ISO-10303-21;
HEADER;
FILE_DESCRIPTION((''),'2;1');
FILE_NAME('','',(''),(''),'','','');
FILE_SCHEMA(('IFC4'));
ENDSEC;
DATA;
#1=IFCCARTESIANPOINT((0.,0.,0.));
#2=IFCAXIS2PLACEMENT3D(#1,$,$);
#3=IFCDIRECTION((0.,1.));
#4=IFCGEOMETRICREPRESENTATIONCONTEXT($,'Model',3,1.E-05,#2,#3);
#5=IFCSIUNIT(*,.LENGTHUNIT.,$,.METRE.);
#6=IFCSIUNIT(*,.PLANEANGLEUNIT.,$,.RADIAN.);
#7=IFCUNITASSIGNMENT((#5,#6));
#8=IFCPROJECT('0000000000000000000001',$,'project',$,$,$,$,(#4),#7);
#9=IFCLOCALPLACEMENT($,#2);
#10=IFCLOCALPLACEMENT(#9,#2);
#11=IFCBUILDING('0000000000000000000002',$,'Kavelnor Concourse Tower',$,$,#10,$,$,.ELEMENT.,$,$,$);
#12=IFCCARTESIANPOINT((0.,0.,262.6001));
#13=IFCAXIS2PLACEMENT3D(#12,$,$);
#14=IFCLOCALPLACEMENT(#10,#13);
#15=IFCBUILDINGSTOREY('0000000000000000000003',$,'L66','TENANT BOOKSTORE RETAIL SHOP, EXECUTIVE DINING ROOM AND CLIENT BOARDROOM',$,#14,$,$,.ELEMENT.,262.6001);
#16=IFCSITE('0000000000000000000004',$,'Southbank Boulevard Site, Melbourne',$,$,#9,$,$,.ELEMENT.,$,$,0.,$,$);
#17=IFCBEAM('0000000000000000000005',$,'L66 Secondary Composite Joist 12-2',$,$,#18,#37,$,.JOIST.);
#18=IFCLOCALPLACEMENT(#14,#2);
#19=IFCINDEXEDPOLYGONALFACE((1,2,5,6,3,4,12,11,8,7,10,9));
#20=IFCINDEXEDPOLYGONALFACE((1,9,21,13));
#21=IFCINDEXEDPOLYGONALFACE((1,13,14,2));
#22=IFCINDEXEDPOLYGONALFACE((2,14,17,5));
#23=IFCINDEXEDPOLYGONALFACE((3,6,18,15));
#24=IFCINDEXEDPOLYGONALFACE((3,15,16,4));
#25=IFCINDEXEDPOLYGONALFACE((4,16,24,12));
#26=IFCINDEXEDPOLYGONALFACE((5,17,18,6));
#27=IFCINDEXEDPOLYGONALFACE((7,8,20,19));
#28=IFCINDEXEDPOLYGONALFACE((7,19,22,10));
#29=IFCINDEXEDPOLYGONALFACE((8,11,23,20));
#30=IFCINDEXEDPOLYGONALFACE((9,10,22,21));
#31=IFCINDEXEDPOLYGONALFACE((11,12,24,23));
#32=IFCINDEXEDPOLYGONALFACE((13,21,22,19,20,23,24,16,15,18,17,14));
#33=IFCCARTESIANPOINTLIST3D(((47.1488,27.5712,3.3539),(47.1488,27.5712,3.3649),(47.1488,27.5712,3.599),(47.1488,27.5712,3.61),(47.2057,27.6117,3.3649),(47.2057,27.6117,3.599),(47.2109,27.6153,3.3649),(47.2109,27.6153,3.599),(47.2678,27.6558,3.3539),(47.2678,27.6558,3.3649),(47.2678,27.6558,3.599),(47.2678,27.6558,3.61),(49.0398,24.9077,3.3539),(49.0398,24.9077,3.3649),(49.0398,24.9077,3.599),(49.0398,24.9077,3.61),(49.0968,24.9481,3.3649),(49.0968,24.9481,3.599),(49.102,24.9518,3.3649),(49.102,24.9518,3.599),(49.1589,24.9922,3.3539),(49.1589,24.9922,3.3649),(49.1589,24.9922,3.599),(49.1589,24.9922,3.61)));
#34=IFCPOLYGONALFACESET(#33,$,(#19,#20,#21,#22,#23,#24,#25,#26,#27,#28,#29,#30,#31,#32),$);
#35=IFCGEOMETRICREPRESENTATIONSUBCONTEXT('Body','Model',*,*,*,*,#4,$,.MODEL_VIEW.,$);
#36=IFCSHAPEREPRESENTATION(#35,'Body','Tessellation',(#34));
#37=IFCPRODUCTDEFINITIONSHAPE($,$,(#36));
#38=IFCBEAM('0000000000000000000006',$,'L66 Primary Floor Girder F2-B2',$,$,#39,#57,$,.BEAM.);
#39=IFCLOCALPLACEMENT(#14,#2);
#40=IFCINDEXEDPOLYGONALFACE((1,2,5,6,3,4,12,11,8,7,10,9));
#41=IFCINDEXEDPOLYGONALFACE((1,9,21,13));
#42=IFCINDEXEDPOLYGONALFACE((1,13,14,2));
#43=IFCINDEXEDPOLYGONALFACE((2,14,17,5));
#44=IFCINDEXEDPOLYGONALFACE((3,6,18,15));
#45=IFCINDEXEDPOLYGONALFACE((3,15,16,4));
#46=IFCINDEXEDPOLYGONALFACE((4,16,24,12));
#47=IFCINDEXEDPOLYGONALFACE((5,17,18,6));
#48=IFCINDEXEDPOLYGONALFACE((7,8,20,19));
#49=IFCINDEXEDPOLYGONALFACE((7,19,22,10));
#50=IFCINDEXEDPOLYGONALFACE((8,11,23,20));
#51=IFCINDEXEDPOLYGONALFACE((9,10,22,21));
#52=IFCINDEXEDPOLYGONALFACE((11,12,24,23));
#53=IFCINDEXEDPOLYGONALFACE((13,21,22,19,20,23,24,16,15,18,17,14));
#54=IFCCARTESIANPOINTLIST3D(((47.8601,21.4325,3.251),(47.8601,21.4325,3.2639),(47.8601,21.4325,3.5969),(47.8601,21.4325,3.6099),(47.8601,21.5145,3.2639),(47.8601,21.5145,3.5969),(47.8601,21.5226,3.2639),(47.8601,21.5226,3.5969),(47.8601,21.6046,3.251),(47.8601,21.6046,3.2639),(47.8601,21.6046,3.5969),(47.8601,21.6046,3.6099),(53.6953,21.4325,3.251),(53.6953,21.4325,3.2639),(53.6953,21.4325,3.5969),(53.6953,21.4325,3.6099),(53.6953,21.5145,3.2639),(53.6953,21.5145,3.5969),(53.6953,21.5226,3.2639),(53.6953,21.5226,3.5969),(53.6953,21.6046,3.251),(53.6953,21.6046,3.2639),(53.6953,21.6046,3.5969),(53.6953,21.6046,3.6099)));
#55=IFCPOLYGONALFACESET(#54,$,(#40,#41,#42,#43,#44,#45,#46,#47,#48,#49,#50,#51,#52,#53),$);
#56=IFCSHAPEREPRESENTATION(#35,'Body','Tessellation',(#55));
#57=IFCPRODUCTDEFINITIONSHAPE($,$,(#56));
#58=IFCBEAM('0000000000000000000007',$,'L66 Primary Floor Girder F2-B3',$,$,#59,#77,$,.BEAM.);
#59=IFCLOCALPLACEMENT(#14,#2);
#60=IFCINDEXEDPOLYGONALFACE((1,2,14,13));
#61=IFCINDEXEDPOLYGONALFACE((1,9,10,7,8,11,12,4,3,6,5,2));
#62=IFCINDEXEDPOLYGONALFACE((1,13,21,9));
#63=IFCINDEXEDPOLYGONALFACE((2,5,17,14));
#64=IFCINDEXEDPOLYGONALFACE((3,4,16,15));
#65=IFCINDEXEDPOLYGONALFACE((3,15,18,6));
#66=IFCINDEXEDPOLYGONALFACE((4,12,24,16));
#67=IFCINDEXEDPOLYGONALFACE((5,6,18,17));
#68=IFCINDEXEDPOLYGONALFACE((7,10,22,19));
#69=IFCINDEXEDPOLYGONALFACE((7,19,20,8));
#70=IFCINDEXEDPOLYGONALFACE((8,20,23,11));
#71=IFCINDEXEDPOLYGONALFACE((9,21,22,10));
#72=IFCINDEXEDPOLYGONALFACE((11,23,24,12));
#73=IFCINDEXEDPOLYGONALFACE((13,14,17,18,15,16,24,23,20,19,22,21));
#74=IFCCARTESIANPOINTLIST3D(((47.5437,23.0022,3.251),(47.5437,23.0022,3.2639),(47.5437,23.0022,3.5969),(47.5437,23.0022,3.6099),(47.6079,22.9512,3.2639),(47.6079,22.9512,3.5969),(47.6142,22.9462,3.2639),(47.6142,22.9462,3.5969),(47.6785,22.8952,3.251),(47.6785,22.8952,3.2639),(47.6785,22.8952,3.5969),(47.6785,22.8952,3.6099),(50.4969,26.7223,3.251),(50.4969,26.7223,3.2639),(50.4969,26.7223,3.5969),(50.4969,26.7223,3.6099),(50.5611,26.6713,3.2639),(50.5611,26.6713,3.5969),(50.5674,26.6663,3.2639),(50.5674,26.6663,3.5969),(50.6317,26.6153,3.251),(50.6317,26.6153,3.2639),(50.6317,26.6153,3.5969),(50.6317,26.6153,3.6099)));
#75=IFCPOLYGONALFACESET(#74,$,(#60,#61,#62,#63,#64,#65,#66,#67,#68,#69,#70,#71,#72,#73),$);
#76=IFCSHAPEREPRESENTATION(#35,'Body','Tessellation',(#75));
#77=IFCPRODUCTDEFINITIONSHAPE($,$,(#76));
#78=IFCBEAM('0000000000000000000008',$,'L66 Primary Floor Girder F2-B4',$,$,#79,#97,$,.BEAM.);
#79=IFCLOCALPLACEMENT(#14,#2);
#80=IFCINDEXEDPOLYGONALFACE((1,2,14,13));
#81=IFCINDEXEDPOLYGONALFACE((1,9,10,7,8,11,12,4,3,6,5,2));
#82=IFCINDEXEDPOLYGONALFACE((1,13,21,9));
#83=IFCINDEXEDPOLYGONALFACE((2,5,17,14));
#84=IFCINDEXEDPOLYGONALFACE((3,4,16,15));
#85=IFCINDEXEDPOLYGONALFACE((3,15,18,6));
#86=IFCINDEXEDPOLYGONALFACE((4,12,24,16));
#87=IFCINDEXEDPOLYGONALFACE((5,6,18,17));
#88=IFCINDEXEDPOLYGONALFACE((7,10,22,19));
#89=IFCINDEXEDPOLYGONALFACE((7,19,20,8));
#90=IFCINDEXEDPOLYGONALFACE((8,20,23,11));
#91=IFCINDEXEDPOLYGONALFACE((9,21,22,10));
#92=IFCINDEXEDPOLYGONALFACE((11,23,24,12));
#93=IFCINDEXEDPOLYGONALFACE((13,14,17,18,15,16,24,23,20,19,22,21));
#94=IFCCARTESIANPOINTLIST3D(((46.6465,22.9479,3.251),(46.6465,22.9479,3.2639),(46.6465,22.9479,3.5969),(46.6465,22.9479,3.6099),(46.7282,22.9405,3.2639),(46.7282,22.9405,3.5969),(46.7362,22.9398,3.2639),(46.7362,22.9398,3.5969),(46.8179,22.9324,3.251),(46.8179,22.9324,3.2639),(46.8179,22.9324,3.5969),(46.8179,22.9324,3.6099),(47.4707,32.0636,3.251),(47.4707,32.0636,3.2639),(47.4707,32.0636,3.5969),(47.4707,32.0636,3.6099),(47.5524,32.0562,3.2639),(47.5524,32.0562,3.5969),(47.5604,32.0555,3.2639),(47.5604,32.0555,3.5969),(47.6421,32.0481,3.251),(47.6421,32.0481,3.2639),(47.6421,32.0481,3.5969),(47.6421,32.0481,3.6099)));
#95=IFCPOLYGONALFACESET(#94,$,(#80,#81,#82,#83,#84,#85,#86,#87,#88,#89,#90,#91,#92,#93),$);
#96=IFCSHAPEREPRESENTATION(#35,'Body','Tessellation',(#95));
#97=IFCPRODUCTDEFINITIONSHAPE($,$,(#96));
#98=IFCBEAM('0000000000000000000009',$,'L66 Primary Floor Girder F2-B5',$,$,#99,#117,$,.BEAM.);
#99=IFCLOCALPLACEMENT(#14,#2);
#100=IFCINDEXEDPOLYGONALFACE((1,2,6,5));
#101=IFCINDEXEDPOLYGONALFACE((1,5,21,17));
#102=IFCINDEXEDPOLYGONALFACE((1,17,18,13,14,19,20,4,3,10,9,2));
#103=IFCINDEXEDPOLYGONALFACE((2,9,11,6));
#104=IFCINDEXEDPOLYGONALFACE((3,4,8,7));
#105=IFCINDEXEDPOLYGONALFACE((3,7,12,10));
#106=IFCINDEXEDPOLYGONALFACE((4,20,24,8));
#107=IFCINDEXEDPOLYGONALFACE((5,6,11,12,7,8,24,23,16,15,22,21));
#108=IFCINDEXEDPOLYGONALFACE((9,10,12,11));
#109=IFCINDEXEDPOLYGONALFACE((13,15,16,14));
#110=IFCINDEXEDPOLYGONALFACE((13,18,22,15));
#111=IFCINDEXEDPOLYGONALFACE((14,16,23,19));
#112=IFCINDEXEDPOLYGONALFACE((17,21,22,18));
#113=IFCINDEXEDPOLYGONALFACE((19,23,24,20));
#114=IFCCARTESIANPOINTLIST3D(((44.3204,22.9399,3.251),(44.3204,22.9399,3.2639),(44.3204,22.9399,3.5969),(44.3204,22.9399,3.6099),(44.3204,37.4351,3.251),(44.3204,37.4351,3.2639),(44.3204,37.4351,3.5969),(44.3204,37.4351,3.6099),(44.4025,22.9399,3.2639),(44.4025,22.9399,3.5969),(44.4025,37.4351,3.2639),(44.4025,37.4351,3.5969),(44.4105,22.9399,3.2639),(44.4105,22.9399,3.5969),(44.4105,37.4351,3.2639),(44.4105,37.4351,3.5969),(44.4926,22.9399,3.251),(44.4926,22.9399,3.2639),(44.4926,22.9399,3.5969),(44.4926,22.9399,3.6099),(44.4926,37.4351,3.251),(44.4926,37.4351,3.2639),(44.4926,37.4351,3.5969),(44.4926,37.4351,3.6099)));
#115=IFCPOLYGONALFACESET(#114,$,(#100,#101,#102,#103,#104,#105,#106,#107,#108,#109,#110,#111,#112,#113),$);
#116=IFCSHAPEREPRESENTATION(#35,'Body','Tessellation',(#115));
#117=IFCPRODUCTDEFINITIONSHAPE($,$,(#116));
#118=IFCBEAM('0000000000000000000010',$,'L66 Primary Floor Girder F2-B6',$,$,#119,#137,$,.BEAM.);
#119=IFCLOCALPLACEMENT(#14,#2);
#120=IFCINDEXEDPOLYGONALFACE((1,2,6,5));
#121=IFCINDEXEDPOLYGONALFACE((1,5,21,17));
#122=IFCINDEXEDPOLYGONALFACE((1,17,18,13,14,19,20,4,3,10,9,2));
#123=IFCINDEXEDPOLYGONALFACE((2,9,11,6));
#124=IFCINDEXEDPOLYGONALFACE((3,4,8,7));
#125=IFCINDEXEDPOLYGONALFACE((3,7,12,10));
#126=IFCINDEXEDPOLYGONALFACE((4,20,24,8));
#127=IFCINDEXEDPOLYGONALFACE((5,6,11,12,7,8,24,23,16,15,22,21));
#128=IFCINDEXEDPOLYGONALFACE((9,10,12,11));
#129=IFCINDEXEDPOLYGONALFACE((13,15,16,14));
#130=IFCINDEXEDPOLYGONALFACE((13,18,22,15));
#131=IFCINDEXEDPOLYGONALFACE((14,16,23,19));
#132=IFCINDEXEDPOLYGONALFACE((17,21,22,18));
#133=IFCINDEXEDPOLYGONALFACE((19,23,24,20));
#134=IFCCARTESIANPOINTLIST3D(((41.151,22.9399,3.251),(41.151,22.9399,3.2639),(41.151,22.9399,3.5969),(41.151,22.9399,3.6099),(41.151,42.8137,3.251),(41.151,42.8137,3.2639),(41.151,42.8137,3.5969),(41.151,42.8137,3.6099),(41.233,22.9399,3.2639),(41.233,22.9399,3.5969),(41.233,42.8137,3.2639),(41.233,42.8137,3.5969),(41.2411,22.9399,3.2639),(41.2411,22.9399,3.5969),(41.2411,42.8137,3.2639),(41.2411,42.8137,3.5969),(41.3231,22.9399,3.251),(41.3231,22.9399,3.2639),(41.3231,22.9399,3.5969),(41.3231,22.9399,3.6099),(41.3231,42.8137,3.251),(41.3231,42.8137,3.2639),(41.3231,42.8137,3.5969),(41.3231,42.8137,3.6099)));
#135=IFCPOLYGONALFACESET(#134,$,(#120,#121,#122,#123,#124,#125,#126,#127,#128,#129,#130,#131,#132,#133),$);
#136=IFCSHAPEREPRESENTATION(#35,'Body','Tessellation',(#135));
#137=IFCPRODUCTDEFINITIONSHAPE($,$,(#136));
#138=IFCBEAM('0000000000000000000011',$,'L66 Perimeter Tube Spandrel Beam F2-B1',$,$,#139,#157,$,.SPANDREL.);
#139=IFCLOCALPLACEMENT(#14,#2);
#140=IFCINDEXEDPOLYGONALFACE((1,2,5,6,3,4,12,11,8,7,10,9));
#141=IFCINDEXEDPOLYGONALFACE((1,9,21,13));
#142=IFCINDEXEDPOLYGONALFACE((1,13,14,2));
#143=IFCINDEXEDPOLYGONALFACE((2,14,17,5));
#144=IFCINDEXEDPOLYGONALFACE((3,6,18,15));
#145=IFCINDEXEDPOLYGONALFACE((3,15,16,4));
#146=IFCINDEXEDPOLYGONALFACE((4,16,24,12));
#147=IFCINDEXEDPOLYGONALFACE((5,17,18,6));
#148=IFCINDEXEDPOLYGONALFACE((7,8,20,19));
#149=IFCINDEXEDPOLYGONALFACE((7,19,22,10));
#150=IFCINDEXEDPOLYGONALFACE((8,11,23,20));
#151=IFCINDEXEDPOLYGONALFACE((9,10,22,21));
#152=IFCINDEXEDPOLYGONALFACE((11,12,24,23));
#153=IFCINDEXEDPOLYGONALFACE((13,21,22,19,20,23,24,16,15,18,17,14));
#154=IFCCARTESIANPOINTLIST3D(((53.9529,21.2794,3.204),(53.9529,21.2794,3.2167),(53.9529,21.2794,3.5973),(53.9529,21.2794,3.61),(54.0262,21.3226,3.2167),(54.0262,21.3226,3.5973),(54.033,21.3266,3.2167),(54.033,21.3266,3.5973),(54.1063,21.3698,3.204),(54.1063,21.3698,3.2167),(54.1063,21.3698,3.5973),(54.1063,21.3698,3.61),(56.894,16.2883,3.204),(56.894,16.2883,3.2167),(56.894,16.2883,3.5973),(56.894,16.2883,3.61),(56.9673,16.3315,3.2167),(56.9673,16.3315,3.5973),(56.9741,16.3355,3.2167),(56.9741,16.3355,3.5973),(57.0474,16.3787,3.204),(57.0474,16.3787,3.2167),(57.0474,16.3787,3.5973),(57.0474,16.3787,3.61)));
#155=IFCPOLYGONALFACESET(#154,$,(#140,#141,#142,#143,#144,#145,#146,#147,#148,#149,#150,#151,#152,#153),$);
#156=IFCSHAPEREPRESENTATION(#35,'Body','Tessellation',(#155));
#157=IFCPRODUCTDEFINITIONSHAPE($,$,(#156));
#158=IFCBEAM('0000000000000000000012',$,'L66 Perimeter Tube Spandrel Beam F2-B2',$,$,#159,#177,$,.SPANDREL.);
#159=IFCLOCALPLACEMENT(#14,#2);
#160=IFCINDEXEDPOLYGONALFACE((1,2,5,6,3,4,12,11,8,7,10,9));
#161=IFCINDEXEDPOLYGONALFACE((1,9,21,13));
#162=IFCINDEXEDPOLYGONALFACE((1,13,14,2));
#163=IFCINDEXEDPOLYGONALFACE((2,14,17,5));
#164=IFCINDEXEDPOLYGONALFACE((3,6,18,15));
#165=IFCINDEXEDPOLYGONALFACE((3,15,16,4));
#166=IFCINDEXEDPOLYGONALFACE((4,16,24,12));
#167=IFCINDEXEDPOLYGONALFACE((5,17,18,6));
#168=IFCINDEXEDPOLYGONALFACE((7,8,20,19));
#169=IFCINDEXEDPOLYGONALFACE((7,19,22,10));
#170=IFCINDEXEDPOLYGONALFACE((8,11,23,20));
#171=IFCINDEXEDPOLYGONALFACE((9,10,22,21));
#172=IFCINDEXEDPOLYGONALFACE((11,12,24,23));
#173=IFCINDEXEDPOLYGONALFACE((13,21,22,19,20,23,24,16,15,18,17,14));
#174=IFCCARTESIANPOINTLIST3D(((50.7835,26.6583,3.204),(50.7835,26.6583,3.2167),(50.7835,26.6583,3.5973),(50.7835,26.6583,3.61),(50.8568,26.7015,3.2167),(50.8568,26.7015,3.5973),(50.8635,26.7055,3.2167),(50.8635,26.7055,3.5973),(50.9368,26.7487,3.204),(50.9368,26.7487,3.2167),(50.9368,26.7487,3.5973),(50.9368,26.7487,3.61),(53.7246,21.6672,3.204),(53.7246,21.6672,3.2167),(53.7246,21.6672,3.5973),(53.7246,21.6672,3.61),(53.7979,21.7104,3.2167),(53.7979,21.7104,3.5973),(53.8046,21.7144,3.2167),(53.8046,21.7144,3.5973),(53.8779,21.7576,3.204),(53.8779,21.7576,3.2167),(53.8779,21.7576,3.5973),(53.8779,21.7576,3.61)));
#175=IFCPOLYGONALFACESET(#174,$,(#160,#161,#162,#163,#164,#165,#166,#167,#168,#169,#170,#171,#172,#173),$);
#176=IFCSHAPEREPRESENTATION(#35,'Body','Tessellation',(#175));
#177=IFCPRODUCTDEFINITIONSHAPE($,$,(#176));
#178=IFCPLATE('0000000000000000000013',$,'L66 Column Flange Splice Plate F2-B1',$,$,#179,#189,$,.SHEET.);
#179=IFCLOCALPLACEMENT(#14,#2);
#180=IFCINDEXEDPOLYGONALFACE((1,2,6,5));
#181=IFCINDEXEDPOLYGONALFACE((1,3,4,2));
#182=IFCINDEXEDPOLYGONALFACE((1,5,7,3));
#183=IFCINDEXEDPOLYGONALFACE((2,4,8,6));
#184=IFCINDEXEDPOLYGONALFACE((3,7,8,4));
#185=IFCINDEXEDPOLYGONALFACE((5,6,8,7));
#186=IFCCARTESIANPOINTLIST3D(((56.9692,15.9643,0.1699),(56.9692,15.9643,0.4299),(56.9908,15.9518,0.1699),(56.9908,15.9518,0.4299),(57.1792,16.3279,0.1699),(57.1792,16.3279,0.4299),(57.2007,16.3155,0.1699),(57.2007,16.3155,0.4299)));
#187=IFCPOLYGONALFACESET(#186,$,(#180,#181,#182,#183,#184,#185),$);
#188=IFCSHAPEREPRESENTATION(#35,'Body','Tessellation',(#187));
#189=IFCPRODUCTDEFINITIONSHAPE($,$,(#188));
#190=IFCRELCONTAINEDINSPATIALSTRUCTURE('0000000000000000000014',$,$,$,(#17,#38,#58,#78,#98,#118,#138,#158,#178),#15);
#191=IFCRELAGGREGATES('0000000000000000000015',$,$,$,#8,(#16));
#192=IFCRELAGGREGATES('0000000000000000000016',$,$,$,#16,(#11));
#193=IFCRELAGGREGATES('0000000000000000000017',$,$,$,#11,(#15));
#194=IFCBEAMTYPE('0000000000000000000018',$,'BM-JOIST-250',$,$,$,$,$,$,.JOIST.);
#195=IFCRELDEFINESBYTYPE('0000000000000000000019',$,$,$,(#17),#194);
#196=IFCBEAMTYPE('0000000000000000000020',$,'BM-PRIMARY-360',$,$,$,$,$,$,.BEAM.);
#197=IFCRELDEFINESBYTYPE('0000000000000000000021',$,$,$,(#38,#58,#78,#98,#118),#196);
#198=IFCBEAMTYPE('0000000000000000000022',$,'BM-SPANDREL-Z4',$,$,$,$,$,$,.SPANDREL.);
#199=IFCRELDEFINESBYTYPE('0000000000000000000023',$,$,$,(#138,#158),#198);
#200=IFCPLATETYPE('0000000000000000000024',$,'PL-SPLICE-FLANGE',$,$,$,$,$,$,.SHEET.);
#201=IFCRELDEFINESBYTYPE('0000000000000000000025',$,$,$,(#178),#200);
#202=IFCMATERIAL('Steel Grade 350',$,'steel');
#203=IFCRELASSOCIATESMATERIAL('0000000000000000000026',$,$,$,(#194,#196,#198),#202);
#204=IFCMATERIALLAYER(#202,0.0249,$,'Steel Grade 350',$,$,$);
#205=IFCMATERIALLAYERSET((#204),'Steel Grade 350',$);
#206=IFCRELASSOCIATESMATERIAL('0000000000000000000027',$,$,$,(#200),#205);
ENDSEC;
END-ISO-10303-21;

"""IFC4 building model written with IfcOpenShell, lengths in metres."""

from ifc_helpers import new_model, si_unit, direction, frame, origin, origin_2d, place, context, subcontext, project, spatial, rectangle, i_section, extrude, material, layer, layer_set, material_profile, profile_set, type_object, element, save


model = new_model("IFC4")

# Units and contexts
model_context = context("Model", 3, precision=1e-05, world=origin(), true_north=direction((0.0, 1.0)))
body_context = subcontext(model_context, "Body", "Model", "MODEL_VIEW")
ifc_project = project(units=[si_unit("LENGTHUNIT", "METRE"), si_unit("PLANEANGLEUNIT", "RADIAN")], contexts=[model_context])

# Site, building, storey
site_placement = place(None, origin())
site = spatial("IfcSite", under=ifc_project, at=site_placement, Name="Southbank Boulevard Site, Melbourne", CompositionType="ELEMENT", RefElevation=0.0)
building_placement = place(site_placement, origin())
building = spatial("IfcBuilding", under=site, at=building_placement, Name="Kavelnor Concourse Tower", CompositionType="ELEMENT")
storey_placement = place(building_placement, frame((0.0, 0.0, 262.6001)))
storey = spatial("IfcBuildingStorey", under=building, at=storey_placement, Name="L66", Description="TENANT BOOKSTORE RETAIL SHOP, EXECUTIVE DINING ROOM AND CLIENT BOARDROOM", CompositionType="ELEMENT", Elevation=262.6001)

# Shared definitions
ifc_material_1 = material(Name="Steel Grade 350", Category="steel")

# Beams
ifc_material_profile_1 = material_profile(ifc_material_1, i_section(OverallWidth=0.146, OverallDepth=0.2561, WebThickness=0.0063, FlangeThickness=0.011, at=origin_2d()), Name="250UB37")
ifc_profile_set_1 = profile_set([ifc_material_profile_1], Name="Steel Grade 350")
beam_type_1 = type_object("IfcBeamType", Name="BM-JOIST-250", PredefinedType="JOIST", material=ifc_profile_set_1)
beam_1_placement = place(storey_placement, frame((49.0994, 24.95, 3.4819), z_axis=(-0.578917, 0.815387, 0.0), x_axis=(-0.815387, -0.578917, 0.0)))
element("IfcBeam", 1, at=beam_1_placement, inside=storey, type_object=beam_type_1, Name="L66 Secondary Composite Joist 12-2", PredefinedType="JOIST", context=body_context, shape_type="SweptSolid", body=[
    extrude(i_section(OverallWidth=0.146, OverallDepth=0.2561, WebThickness=0.0063, FlangeThickness=0.011, at=origin_2d()), origin(), (0.0, 0.0, 1.0), 3.2666),
])
ifc_material_profile_2 = material_profile(ifc_material_1, i_section(OverallWidth=0.1721, OverallDepth=0.3589, WebThickness=0.0081, FlangeThickness=0.0129, at=origin_2d()), Name="360UB56")
ifc_profile_set_2 = profile_set([ifc_material_profile_2], Name="Steel Grade 350")
beam_type_2 = type_object("IfcBeamType", Name="BM-PRIMARY-360", PredefinedType="BEAM", material=ifc_profile_set_2)
beam_2_placement = place(storey_placement, frame((47.8601, 21.5186, 3.4304), z_axis=(1.0, 0.0, 0.0), x_axis=(0.0, 1.0, 0.0)))
element("IfcBeam", 2, at=beam_2_placement, inside=storey, type_object=beam_type_2, Name="L66 Primary Floor Girder F2-B2", PredefinedType="BEAM", context=body_context, shape_type="SweptSolid", body=[
    extrude(i_section(OverallWidth=0.1721, OverallDepth=0.3589, WebThickness=0.0081, FlangeThickness=0.0129, at=origin_2d()), origin(), (0.0, 0.0, 1.0), 5.8352),
])
beam_3_placement = place(storey_placement, frame((47.6111, 22.9487, 3.4304), z_axis=(0.621757, 0.78321, 0.0), x_axis=(-0.78321, 0.621757, 0.0)))
element("IfcBeam", 3, at=beam_3_placement, inside=storey, type_object=beam_type_2, Name="L66 Primary Floor Girder F2-B3", PredefinedType="BEAM", context=body_context, shape_type="SweptSolid", body=[
    extrude(i_section(OverallWidth=0.1721, OverallDepth=0.3589, WebThickness=0.0081, FlangeThickness=0.0129, at=origin_2d()), origin(), (0.0, 0.0, 1.0), 4.7498),
])
beam_4_placement = place(storey_placement, frame((46.7322, 22.9402, 3.4304), z_axis=(0.09005, 0.995937, 0.0), x_axis=(-0.995937, 0.09005, 0.0)))
element("IfcBeam", 4, at=beam_4_placement, inside=storey, type_object=beam_type_2, Name="L66 Primary Floor Girder F2-B4", PredefinedType="BEAM", context=body_context, shape_type="SweptSolid", body=[
    extrude(i_section(OverallWidth=0.1721, OverallDepth=0.3589, WebThickness=0.0081, FlangeThickness=0.0129, at=origin_2d()), origin(), (0.0, 0.0, 1.0), 9.1528),
])
beam_5_placement = place(storey_placement, frame((44.4065, 22.9399, 3.4304), z_axis=(0.0, 1.0, 0.0), x_axis=(-1.0, 0.0, 0.0)))
element("IfcBeam", 5, at=beam_5_placement, inside=storey, type_object=beam_type_2, Name="L66 Primary Floor Girder F2-B5", PredefinedType="BEAM", context=body_context, shape_type="SweptSolid", body=[
    extrude(i_section(OverallWidth=0.1721, OverallDepth=0.3589, WebThickness=0.0081, FlangeThickness=0.0129, at=origin_2d()), origin(), (0.0, 0.0, 1.0), 14.4951),
])
beam_6_placement = place(storey_placement, frame((41.2371, 22.9399, 3.4304), z_axis=(0.0, 1.0, 0.0), x_axis=(-1.0, 0.0, 0.0)))
element("IfcBeam", 6, at=beam_6_placement, inside=storey, type_object=beam_type_2, Name="L66 Primary Floor Girder F2-B6", PredefinedType="BEAM", context=body_context, shape_type="SweptSolid", body=[
    extrude(i_section(OverallWidth=0.1721, OverallDepth=0.3589, WebThickness=0.0081, FlangeThickness=0.0129, at=origin_2d()), origin(), (0.0, 0.0, 1.0), 19.8738),
])
ifc_material_profile_3 = material_profile(ifc_material_1, i_section(OverallWidth=0.178, OverallDepth=0.406, WebThickness=0.0078, FlangeThickness=0.0127, at=origin_2d()), Name="410UB59")
ifc_profile_set_3 = profile_set([ifc_material_profile_3], Name="Steel Grade 350")
beam_type_3 = type_object("IfcBeamType", Name="BM-SPANDREL-Z4", PredefinedType="SPANDREL", material=ifc_profile_set_3)
for number, where, z_axis, x_axis, name in (
    (7, (56.9707, 16.3335, 3.407), (-0.507681, 0.861545, 0.0), (-0.861545, -0.507681, 0.0), "L66 Perimeter Tube Spandrel Beam F2-B1"),
    (8, (53.8013, 21.7124, 3.407), (-0.507681, 0.861545, 0.0), (-0.861545, -0.507681, 0.0), "L66 Perimeter Tube Spandrel Beam F2-B2"),
):
    element("IfcBeam", number, at=place(storey_placement, frame(where, z_axis=z_axis, x_axis=x_axis)), inside=storey, type_object=beam_type_3, Name=name, PredefinedType="SPANDREL", context=body_context, shape_type="SweptSolid", body=[
        extrude(i_section(OverallWidth=0.178, OverallDepth=0.406, WebThickness=0.0078, FlangeThickness=0.0127, at=origin_2d()), origin(), (0.0, 0.0, 1.0), 5.7932),
    ])

# Plate
ifc_layer_1 = layer(ifc_material_1, 0.0249, Name="Steel Grade 350")
ifc_layer_set_1 = layer_set([ifc_layer_1], Name="Steel Grade 350")
plate_type = type_object("IfcPlateType", Name="PL-SPLICE-FLANGE", PredefinedType="SHEET", material=ifc_layer_set_1)
plate_placement = place(storey_placement, frame((57.085, 16.1399, 0.1699), z_axis=(0.0, 0.0, 1.0), x_axis=(-0.5, -0.866025, 0.0)))
element("IfcPlate", 9, at=plate_placement, inside=storey, type_object=plate_type, Name="L66 Column Flange Splice Plate F2-B1", PredefinedType="SHEET", context=body_context, shape_type="SweptSolid", body=[
    extrude(rectangle(XDim=0.4199, YDim=0.0249, at=origin_2d()), origin(), (0.0, 0.0, 1.0), 0.26),
])

save(model, "model.ifc")
